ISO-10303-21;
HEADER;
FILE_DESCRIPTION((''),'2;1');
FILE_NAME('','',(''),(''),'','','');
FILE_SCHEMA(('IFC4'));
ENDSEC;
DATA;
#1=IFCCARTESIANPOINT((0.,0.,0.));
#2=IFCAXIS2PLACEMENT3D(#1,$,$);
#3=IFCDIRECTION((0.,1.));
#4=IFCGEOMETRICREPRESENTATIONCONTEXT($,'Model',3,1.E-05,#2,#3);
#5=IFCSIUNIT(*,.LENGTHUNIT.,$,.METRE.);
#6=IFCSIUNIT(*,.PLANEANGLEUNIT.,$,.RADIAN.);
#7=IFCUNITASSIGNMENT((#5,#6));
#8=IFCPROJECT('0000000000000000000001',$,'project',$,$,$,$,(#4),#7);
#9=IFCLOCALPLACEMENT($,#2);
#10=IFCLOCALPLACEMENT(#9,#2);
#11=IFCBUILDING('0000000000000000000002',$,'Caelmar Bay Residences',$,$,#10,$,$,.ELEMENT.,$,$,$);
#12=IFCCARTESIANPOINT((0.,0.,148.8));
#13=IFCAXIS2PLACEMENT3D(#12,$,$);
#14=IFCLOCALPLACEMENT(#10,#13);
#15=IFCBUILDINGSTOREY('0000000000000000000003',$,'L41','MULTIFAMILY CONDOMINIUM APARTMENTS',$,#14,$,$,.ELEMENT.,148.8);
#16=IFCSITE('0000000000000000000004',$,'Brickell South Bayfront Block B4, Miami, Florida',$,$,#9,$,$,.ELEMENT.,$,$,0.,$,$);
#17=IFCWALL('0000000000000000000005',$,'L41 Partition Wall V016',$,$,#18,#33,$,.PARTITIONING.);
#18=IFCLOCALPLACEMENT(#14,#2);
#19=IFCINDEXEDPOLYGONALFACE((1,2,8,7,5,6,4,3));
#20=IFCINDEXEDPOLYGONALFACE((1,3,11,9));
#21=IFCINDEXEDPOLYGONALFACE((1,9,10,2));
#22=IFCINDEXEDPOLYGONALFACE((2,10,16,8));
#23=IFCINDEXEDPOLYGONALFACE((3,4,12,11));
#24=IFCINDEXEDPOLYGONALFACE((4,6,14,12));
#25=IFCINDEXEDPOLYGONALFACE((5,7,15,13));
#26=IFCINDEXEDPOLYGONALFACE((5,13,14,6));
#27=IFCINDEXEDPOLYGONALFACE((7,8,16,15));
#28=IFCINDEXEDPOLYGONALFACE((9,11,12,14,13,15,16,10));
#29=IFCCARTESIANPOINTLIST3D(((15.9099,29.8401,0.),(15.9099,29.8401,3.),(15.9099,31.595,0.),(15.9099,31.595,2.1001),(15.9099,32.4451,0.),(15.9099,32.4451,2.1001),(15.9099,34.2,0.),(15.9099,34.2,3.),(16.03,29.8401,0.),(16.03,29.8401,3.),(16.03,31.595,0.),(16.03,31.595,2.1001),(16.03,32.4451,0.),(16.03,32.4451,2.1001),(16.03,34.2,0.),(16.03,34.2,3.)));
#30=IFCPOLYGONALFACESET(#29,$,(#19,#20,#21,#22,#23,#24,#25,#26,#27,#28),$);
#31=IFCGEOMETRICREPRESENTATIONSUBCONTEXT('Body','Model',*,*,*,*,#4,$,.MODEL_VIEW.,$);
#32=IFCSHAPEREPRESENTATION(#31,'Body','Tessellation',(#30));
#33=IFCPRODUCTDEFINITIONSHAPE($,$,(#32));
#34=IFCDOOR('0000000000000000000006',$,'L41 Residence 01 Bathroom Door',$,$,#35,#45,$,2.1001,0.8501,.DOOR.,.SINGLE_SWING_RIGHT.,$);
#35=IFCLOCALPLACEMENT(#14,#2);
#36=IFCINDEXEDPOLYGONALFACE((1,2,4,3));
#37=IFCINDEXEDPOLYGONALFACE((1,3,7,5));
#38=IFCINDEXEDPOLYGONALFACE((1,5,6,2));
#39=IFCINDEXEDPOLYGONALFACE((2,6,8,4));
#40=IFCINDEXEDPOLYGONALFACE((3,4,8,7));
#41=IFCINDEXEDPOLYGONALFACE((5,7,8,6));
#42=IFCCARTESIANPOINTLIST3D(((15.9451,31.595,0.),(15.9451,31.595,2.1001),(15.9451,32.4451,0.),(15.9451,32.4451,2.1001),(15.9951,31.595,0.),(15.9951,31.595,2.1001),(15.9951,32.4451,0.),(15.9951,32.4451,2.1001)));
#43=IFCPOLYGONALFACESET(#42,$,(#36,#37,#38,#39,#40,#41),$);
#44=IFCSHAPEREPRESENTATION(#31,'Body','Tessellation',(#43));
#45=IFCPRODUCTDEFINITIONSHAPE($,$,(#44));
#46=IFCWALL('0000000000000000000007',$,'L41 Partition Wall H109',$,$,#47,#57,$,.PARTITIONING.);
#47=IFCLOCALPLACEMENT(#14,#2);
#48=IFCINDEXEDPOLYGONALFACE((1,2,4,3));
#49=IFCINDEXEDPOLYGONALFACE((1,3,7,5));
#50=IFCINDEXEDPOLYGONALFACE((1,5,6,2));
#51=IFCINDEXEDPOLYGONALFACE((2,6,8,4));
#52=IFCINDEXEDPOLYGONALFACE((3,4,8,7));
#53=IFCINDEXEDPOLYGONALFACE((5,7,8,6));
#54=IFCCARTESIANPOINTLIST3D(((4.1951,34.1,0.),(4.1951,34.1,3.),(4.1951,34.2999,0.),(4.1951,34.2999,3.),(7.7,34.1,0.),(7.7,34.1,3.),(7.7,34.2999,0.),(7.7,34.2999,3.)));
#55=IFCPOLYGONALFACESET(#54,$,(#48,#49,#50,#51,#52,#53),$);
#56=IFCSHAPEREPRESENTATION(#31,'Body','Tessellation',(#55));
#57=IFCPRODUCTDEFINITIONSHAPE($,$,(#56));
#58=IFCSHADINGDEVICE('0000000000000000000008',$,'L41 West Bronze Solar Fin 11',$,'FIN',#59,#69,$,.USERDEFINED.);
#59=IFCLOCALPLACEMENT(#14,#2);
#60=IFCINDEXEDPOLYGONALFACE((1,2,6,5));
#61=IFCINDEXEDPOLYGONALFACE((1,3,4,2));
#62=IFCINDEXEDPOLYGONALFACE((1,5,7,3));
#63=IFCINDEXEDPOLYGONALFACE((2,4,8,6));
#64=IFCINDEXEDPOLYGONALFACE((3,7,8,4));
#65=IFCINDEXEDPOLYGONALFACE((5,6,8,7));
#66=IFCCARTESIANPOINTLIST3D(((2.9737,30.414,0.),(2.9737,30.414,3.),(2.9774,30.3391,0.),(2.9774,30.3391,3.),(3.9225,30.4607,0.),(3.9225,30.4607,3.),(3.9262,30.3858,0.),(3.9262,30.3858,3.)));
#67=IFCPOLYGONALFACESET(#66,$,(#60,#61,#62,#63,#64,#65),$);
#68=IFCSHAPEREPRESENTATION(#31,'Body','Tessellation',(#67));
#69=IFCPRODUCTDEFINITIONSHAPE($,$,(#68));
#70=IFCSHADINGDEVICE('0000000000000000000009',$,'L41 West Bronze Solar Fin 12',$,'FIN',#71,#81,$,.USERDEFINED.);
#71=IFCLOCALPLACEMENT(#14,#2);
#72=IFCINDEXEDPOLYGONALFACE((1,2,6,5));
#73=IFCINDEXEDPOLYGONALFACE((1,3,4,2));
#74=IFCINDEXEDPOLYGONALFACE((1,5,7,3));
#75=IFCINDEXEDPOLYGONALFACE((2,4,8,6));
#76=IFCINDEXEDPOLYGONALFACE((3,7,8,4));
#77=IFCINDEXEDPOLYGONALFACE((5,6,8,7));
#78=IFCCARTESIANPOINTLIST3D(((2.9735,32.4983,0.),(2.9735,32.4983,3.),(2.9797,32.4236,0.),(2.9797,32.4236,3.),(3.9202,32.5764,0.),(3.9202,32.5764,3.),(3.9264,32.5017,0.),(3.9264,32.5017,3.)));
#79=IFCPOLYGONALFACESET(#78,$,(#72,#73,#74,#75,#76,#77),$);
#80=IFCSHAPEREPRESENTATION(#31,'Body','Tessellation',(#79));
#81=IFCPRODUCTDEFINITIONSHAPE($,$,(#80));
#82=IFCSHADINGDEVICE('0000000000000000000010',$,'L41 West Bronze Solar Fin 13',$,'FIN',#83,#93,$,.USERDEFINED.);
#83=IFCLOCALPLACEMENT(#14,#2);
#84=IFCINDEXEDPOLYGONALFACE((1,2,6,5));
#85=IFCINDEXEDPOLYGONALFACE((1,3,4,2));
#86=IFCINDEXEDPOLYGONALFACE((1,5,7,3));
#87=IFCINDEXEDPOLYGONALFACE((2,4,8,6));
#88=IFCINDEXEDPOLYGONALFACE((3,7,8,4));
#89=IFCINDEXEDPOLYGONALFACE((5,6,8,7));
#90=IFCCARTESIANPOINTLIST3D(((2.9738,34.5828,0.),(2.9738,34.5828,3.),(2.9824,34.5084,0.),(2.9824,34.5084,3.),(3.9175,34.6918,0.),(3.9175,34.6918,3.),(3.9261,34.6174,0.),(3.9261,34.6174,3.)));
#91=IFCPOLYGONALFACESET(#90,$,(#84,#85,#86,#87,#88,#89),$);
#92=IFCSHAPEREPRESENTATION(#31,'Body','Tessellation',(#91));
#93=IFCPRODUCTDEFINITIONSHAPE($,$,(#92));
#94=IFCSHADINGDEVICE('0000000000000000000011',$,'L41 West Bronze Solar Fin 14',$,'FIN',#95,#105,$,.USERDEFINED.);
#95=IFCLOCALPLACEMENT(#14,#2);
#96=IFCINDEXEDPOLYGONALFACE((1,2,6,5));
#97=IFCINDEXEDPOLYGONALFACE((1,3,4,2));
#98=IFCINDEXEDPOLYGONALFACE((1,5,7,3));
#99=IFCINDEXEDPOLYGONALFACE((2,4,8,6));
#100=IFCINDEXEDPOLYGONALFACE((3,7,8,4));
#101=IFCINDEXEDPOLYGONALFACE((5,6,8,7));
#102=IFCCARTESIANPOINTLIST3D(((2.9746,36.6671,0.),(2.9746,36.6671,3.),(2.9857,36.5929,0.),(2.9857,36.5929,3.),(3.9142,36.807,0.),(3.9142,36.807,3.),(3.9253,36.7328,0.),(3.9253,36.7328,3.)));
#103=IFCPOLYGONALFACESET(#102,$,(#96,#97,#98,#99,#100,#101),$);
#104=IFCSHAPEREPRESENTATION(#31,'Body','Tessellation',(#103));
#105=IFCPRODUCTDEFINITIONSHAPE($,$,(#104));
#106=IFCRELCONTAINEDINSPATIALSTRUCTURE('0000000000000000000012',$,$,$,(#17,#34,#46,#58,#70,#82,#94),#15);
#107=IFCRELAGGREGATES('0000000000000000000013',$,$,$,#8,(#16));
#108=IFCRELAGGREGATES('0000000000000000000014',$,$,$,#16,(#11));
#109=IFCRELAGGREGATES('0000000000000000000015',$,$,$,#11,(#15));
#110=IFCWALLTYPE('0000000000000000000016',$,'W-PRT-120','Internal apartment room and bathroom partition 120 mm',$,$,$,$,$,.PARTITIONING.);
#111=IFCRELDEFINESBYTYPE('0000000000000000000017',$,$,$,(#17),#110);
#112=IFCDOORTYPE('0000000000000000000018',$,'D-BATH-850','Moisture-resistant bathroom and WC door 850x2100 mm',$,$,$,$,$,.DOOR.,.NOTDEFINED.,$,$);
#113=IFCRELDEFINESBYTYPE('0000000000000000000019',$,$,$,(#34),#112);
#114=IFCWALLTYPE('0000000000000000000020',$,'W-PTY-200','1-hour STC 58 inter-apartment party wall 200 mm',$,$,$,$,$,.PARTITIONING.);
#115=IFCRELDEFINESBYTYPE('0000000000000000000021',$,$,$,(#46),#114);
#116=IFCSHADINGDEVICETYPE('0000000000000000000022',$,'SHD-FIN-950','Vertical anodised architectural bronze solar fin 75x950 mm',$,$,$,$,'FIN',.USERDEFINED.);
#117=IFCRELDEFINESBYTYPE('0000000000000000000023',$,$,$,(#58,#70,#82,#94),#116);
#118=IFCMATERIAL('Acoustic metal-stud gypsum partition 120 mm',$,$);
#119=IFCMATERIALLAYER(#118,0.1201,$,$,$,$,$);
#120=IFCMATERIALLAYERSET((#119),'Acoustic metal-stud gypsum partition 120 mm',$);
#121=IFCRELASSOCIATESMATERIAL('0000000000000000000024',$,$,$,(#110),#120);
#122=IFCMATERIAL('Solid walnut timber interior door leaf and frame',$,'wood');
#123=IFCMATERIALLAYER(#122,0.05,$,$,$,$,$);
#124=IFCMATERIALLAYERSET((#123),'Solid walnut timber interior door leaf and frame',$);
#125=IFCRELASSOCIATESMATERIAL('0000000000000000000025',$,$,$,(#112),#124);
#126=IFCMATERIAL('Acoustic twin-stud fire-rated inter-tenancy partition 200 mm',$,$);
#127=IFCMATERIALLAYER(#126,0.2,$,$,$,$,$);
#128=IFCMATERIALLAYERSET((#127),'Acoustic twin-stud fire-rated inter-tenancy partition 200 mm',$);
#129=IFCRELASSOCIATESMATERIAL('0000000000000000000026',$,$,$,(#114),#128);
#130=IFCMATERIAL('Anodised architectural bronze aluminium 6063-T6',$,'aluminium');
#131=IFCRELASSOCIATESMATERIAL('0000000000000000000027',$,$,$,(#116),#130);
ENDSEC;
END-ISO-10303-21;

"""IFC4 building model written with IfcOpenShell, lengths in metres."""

from ifc_helpers import new_model, si_unit, direction, frame, frame_2d, origin, origin_2d, place, context, subcontext, project, spatial, rectangle, extrude, material, layer, layer_set, material_profile, profile_set, type_object, element, fill, save


model = new_model("IFC4")

# Units and contexts
model_context = context("Model", 3, precision=1e-05, world=origin(), true_north=direction((0.0, 1.0)))
body_context = subcontext(model_context, "Body", "Model", "MODEL_VIEW")
ifc_project = project(units=[si_unit("LENGTHUNIT", "METRE"), si_unit("PLANEANGLEUNIT", "RADIAN")], contexts=[model_context])

# Site, building, storey
site_placement = place(None, origin())
site = spatial("IfcSite", under=ifc_project, at=site_placement, Name="Brickell South Bayfront Block B4, Miami, Florida", CompositionType="ELEMENT", RefElevation=0.0)
building_placement = place(site_placement, origin())
building = spatial("IfcBuilding", under=site, at=building_placement, Name="Caelmar Bay Residences", CompositionType="ELEMENT")
storey_placement = place(building_placement, frame((0.0, 0.0, 148.8)))
storey = spatial("IfcBuildingStorey", under=building, at=storey_placement, Name="L41", Description="MULTIFAMILY CONDOMINIUM APARTMENTS", CompositionType="ELEMENT", Elevation=148.8)

# Shared definitions
ifc_material_1 = material(Name="Acoustic metal-stud gypsum partition 120 mm")
ifc_layer_1 = layer(ifc_material_1, 0.1201)
ifc_layer_set_1 = layer_set([ifc_layer_1], Name="Acoustic metal-stud gypsum partition 120 mm")
wall_type_1 = type_object("IfcWallType", Name="W-PRT-120", Description="Internal apartment room and bathroom partition 120 mm", PredefinedType="PARTITIONING", material=ifc_layer_set_1)

# Wall, opening, door
ifc_material_2 = material(Name="Solid walnut timber interior door leaf and frame", Category="wood")
ifc_layer_2 = layer(ifc_material_2, 0.05)
ifc_layer_set_2 = layer_set([ifc_layer_2], Name="Solid walnut timber interior door leaf and frame")
door_type_1 = type_object("IfcDoorType", Name="D-BATH-850", Description="Moisture-resistant bathroom and WC door 850x2100 mm", OperationType="NOTDEFINED", PredefinedType="DOOR", material=ifc_layer_set_2)
wall_1_placement = place(storey_placement, frame((15.97, 29.8401, 0.0), z_axis=(0.0, 0.0, 1.0), x_axis=(0.0, 1.0, 0.0)))
wall_1 = element("IfcWall", 1, at=wall_1_placement, inside=storey, type_object=wall_type_1, Name="L41 Partition Wall V016", PredefinedType="PARTITIONING", context=body_context, shape_type="SweptSolid", body=[
    extrude(rectangle(XDim=4.3599, YDim=0.1201, at=frame_2d((2.1799, 0.0))), origin(), (0.0, 0.0, 1.0), 3.0),
])
opening_1_placement = place(wall_1_placement, frame((1.7549, 0.0, 0.0)))
opening_1 = element("IfcOpeningElement", 2, at=opening_1_placement, cuts=wall_1, PredefinedType="OPENING", context=body_context, shape_type="SweptSolid", body=[
    extrude(rectangle(XDim=0.8501, YDim=2.1001, at=frame_2d((0.425, 1.05))), frame((0.0, 0.0701, 0.0), z_axis=(0.0, -1.0, 0.0), x_axis=(1.0, 0.0, 0.0)), (0.0, 0.0, 1.0), 0.1401),
])
door_1_placement = place(opening_1_placement, origin())
door_1 = element("IfcDoor", 3, at=door_1_placement, inside=storey, type_object=door_type_1, Name="L41 Residence 01 Bathroom Door", OperationType="SINGLE_SWING_RIGHT", OverallHeight=2.1001, OverallWidth=0.8501, PredefinedType="DOOR", context=body_context, shape_type="SweptSolid", body=[
    extrude(rectangle(XDim=0.8501, YDim=2.1001, at=frame_2d((0.425, 1.05))), frame((0.0, 0.0249, 0.0), z_axis=(0.0, -1.0, 0.0), x_axis=(1.0, 0.0, 0.0)), (0.0, 0.0, 1.0), 0.05),
])
fill(opening_1, door_1)

# Wall
ifc_material_3 = material(Name="Acoustic twin-stud fire-rated inter-tenancy partition 200 mm")
ifc_layer_3 = layer(ifc_material_3, 0.2)
ifc_layer_set_3 = layer_set([ifc_layer_3], Name="Acoustic twin-stud fire-rated inter-tenancy partition 200 mm")
wall_type_2 = type_object("IfcWallType", Name="W-PTY-200", Description="1-hour STC 58 inter-apartment party wall 200 mm", PredefinedType="PARTITIONING", material=ifc_layer_set_3)
wall_2_placement = place(storey_placement, frame((4.1951, 34.2, 0.0), z_axis=(0.0, 0.0, 1.0), x_axis=(1.0, 0.0, 0.0)))
element("IfcWall", 4, at=wall_2_placement, inside=storey, type_object=wall_type_2, Name="L41 Partition Wall H109", PredefinedType="PARTITIONING", context=body_context, shape_type="SweptSolid", body=[
    extrude(rectangle(XDim=3.5049, YDim=0.2, at=frame_2d((1.7524, 0.0))), origin(), (0.0, 0.0, 1.0), 3.0),
])

# Shading devices
ifc_material_4 = material(Name="Anodised architectural bronze aluminium 6063-T6", Category="aluminium")
ifc_material_profile = material_profile(ifc_material_4, rectangle(XDim=0.075, YDim=0.95, at=origin_2d()), Name="BRONZE-FIN-75X950")
ifc_profile_set = profile_set([ifc_material_profile], Name="Anodised architectural bronze aluminium 6063-T6")
shading_device_type = type_object("IfcShadingDeviceType", Name="SHD-FIN-950", Description="Vertical anodised architectural bronze solar fin 75x950 mm", ElementType="FIN", PredefinedType="USERDEFINED", material=ifc_profile_set)
for number, where, z_axis, x_axis, name in (
    (5, (3.45, 30.3999, 0.0), (0.0, 0.0, 1.0), (-0.049198, 0.998789, 0.0), "L41 West Bronze Solar Fin 11"),
    (6, (3.45, 32.5, 0.0), (0.0, 0.0, 1.0), (-0.082112, 0.996623, 0.0), "L41 West Bronze Solar Fin 12"),
    (7, (3.45, 34.6001, 0.0), (0.0, 0.0, 1.0), (-0.114764, 0.993393, 0.0), "L41 West Bronze Solar Fin 13"),
    (8, (3.45, 36.7, 0.0), (0.0, 0.0, 1.0), (-0.147292, 0.989093, 0.0), "L41 West Bronze Solar Fin 14"),
):
    element("IfcShadingDevice", number, at=place(storey_placement, frame(where, z_axis=z_axis, x_axis=x_axis)), inside=storey, type_object=shading_device_type, Name=name, ObjectType="FIN", PredefinedType="USERDEFINED", context=body_context, shape_type="SweptSolid", body=[
        extrude(rectangle(XDim=0.075, YDim=0.95, at=origin_2d()), origin(), (0.0, 0.0, 1.0), 3.0),
    ])

save(model, "model.ifc")
